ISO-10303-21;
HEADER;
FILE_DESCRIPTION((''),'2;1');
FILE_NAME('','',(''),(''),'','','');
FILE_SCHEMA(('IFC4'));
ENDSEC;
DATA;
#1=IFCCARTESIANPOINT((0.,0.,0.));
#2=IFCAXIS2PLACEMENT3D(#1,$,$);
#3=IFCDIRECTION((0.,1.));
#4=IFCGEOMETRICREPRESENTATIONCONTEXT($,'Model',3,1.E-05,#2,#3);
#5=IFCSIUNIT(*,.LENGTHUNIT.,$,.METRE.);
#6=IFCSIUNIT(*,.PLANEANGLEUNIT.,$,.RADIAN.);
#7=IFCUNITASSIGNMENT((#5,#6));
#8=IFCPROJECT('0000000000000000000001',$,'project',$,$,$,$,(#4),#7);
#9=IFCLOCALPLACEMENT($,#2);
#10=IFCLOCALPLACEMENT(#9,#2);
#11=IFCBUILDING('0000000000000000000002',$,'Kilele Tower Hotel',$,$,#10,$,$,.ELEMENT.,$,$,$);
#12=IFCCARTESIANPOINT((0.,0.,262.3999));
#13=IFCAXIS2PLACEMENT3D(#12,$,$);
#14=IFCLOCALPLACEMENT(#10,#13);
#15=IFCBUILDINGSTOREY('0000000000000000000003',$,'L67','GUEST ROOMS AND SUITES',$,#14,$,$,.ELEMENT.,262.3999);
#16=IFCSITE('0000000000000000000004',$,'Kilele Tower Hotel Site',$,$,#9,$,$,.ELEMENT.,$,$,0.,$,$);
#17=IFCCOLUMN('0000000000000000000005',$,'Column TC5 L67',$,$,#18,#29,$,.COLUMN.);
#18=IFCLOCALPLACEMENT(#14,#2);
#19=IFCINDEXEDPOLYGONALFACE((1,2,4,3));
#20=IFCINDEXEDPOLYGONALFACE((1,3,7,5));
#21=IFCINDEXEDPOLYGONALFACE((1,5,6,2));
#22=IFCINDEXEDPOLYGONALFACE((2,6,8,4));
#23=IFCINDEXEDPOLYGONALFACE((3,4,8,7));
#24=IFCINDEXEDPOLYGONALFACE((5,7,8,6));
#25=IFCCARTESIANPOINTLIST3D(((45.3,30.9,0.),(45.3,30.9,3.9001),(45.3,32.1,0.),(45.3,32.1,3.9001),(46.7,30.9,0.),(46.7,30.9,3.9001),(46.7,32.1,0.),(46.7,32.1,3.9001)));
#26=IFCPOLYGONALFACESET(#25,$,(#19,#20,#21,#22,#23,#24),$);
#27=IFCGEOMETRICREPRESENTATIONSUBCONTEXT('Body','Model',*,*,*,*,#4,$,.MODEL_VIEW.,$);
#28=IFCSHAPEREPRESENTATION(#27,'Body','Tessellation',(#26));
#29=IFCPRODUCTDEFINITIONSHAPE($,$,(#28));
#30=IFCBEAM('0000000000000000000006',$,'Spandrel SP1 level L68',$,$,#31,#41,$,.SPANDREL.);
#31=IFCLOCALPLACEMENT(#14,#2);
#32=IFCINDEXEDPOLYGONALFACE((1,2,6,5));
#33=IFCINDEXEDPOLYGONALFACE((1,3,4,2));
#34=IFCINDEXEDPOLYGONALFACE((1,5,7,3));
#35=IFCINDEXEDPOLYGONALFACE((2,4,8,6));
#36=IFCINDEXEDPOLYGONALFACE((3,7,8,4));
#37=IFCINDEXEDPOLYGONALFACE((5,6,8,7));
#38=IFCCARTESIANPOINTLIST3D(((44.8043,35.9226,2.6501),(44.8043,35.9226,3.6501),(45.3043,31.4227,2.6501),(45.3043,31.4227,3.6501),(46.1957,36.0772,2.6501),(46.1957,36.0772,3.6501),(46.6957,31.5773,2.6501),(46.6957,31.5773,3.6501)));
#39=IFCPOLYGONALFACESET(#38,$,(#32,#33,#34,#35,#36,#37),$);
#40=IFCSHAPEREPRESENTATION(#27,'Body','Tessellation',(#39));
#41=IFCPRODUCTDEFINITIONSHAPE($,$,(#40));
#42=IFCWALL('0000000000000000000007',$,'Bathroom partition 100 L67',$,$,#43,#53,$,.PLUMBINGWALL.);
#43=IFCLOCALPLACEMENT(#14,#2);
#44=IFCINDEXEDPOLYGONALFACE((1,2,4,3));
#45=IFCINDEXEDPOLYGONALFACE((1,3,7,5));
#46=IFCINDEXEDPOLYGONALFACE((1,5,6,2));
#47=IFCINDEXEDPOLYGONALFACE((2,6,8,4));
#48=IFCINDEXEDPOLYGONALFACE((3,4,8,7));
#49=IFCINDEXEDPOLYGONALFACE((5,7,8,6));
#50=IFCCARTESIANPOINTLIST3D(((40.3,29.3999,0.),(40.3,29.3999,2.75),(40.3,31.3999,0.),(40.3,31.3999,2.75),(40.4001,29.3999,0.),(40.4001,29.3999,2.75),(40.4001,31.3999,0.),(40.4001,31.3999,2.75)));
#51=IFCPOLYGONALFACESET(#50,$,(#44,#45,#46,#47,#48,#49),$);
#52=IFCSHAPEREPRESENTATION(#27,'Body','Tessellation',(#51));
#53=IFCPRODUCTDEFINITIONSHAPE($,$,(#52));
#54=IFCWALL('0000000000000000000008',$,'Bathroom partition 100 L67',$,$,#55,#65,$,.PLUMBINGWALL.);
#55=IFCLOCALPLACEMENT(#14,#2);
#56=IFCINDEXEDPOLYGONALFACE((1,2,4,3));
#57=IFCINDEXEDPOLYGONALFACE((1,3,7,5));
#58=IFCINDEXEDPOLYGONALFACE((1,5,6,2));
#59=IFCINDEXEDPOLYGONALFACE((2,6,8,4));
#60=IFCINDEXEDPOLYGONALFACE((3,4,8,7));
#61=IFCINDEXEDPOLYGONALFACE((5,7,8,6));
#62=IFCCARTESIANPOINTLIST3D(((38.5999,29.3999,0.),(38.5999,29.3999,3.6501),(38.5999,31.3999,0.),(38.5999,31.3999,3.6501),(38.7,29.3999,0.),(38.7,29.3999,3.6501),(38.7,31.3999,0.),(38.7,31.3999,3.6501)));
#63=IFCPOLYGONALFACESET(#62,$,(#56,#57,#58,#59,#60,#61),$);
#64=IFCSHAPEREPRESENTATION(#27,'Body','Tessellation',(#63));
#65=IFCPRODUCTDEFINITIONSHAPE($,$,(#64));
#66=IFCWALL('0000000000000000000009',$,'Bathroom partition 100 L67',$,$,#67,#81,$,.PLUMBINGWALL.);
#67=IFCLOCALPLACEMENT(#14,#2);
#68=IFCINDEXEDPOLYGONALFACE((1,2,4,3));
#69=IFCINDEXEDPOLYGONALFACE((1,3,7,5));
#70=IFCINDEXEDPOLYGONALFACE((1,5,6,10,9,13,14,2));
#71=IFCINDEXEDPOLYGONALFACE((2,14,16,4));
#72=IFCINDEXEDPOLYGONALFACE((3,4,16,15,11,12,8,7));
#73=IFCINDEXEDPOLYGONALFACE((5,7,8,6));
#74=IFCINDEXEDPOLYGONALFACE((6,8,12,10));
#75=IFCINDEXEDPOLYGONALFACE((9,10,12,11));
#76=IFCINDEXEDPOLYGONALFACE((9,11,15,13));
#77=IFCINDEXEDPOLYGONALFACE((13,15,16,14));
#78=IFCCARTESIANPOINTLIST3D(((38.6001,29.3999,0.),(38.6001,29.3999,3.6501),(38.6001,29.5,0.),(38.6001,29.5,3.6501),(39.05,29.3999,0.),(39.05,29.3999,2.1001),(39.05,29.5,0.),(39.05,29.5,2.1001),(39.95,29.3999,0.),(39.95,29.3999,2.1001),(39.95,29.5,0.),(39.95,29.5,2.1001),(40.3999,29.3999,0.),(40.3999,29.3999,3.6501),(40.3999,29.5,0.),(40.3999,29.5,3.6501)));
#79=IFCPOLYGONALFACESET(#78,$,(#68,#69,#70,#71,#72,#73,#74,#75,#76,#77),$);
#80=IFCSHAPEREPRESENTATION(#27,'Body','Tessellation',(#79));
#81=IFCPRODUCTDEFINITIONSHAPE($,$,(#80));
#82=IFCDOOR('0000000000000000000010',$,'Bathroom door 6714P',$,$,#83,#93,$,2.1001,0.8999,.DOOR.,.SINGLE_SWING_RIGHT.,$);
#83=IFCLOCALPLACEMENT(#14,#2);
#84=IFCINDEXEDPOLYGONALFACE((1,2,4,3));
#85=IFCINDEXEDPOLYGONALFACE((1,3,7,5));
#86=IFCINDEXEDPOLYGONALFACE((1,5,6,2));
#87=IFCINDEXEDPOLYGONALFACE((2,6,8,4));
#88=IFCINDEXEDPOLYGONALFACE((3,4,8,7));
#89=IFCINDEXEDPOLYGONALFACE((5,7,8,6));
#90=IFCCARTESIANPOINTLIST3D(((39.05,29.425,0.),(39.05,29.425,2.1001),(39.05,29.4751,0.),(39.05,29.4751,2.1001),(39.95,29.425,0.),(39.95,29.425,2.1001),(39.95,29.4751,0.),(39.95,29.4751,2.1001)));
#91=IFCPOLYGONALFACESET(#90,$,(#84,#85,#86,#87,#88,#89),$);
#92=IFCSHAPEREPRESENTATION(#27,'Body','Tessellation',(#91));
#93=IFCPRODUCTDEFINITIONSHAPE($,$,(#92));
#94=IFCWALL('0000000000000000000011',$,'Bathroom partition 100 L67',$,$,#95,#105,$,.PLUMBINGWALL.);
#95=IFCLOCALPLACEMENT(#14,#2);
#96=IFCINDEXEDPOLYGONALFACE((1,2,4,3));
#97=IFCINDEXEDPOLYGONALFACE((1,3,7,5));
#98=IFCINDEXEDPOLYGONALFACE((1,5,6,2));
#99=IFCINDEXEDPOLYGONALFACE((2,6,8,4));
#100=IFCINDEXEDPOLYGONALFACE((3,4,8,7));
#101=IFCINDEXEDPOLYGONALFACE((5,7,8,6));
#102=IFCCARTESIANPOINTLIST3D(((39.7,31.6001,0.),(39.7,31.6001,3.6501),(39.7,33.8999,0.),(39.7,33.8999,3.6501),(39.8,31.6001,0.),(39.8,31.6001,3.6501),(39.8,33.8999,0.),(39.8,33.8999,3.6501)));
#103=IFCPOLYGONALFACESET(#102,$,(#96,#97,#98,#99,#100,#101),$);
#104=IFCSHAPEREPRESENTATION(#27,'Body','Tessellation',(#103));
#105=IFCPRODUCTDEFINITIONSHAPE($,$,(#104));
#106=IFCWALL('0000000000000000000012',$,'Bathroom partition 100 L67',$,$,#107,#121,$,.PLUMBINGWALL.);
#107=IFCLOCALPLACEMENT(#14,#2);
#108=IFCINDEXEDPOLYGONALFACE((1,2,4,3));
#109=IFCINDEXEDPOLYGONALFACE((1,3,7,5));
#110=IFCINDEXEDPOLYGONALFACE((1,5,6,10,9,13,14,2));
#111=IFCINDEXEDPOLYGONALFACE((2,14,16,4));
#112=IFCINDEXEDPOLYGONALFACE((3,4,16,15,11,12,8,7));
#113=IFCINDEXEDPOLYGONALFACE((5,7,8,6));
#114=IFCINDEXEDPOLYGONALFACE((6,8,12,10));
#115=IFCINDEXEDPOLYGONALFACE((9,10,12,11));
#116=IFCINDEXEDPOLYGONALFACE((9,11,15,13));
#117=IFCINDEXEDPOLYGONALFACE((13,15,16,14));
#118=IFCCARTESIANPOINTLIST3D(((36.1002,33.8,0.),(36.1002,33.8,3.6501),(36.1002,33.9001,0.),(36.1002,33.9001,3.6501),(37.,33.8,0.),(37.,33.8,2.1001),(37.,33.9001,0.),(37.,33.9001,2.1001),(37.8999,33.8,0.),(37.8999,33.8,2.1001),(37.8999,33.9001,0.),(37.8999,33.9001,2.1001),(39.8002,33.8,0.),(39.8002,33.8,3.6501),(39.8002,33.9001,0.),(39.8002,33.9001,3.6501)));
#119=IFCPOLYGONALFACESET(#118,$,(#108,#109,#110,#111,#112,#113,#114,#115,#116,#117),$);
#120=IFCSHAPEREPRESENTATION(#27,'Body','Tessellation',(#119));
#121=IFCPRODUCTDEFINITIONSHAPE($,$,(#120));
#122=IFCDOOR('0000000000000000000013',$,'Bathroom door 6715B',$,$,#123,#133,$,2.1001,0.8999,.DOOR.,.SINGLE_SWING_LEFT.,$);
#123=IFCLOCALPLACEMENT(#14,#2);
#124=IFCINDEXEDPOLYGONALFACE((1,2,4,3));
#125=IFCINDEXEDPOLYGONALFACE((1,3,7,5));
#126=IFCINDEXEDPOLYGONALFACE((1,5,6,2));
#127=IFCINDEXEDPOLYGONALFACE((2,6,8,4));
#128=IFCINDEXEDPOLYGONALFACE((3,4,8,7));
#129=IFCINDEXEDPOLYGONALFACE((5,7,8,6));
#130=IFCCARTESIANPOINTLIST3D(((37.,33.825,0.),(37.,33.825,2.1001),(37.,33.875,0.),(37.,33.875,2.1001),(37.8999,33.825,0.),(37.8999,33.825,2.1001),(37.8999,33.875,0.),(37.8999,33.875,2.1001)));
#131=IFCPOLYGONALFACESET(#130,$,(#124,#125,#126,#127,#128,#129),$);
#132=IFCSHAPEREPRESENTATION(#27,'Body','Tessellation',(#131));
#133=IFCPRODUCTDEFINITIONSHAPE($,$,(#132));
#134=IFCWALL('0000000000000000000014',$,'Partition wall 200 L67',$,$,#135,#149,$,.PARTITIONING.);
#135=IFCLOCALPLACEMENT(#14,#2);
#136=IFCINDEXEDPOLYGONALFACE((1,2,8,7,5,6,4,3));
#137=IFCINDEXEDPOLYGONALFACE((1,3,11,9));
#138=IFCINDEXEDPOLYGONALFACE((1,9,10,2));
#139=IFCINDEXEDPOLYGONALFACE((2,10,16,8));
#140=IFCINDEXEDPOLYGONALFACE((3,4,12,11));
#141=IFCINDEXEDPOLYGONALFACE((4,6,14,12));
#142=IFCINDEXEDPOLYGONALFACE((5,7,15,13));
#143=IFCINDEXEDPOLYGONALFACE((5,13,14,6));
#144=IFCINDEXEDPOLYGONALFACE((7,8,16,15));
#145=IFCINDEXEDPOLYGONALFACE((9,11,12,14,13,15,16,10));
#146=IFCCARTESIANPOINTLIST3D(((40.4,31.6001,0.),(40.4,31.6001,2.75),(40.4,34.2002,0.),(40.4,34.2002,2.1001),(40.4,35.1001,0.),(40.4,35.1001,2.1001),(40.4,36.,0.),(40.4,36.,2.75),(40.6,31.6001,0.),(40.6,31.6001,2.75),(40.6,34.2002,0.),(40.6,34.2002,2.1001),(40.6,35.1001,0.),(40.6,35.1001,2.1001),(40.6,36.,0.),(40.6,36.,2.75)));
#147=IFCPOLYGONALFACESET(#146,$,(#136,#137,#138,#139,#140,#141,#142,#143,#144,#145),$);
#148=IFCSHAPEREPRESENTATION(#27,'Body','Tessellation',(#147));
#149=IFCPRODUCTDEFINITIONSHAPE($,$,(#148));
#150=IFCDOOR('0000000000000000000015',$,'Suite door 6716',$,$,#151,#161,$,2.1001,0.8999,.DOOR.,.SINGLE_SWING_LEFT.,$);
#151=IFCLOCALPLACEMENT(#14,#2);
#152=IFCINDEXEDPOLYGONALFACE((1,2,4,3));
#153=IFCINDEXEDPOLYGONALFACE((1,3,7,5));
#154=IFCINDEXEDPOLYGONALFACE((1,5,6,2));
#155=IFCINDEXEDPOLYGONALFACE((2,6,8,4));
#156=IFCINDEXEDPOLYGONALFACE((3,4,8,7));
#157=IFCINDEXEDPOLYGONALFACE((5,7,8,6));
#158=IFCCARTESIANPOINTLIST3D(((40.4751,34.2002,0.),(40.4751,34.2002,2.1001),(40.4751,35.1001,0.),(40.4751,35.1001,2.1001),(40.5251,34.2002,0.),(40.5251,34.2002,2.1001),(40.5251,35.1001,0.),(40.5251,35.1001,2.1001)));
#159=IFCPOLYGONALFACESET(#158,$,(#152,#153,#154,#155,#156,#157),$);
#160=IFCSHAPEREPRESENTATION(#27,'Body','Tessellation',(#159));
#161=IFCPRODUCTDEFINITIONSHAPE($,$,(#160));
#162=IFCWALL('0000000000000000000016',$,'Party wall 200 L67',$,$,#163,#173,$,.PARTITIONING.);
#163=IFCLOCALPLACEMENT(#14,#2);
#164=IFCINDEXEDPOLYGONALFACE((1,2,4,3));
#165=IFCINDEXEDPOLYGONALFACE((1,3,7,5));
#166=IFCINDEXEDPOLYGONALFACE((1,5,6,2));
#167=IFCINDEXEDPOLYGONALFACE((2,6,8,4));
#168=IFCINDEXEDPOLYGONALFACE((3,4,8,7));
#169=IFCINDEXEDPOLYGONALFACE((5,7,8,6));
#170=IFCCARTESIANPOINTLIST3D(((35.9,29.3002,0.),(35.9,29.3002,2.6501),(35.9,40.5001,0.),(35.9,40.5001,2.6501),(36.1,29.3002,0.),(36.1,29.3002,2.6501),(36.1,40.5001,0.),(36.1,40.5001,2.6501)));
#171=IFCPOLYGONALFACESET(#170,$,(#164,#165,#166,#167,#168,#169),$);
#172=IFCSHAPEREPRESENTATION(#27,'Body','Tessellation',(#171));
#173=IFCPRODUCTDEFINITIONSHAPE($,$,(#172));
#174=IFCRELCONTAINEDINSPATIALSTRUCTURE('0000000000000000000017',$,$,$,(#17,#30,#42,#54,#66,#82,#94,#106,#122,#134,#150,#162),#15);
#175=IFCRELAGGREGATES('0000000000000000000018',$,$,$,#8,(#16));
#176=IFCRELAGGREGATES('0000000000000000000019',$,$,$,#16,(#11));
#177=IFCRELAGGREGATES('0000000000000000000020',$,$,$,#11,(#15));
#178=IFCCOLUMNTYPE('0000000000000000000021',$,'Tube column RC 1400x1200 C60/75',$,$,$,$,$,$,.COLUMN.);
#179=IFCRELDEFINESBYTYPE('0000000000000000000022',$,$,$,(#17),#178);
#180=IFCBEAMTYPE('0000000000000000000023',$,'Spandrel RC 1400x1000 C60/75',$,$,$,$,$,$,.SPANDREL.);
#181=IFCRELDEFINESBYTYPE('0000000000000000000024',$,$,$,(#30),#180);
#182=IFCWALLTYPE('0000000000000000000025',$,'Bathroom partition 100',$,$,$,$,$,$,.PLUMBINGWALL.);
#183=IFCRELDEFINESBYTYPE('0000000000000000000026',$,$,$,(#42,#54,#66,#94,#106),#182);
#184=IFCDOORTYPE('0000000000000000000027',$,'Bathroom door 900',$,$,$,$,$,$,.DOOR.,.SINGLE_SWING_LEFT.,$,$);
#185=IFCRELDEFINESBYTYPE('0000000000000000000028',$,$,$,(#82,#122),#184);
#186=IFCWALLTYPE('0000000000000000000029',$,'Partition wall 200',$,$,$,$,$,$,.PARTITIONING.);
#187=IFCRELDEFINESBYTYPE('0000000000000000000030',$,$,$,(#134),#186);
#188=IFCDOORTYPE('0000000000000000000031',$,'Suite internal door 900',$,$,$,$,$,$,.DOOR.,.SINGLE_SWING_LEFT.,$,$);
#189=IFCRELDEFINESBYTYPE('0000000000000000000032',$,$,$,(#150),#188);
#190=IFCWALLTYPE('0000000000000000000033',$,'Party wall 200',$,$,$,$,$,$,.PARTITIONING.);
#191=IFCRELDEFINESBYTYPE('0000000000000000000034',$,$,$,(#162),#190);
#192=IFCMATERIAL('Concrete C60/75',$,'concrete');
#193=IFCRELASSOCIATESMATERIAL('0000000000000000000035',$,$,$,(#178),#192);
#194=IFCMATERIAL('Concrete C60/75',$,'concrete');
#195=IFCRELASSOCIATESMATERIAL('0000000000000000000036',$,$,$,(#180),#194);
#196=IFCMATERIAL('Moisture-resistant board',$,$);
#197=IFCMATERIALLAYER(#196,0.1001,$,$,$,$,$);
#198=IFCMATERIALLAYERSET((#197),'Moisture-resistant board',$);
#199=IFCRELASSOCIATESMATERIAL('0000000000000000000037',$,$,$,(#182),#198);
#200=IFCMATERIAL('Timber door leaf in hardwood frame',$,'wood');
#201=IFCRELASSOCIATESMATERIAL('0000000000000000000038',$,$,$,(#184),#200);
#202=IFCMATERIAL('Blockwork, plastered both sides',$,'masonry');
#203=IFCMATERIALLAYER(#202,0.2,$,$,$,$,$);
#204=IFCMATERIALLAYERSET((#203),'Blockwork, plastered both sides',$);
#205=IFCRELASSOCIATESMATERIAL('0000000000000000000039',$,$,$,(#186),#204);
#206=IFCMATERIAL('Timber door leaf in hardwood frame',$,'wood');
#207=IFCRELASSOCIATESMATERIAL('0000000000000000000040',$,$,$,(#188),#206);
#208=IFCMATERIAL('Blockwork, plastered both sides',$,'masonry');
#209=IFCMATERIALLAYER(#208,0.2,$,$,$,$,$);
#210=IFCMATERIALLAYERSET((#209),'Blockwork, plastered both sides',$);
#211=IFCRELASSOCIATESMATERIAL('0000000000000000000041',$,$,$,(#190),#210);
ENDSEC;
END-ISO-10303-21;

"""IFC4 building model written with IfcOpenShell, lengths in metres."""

from ifc_helpers import new_model, si_unit, direction, frame, frame_2d, origin, origin_2d, place, context, subcontext, project, spatial, rectangle, extrude, material, layer, layer_set, material_profile, profile_set, type_object, element, fill, save


model = new_model("IFC4")

# Units and contexts
model_context = context("Model", 3, precision=1e-05, world=origin(), true_north=direction((0.0, 1.0)))
body_context = subcontext(model_context, "Body", "Model", "MODEL_VIEW")
ifc_project = project(units=[si_unit("LENGTHUNIT", "METRE"), si_unit("PLANEANGLEUNIT", "RADIAN")], contexts=[model_context])

# Site, building, storey
site_placement = place(None, origin())
site = spatial("IfcSite", under=ifc_project, at=site_placement, Name="Kilele Tower Hotel Site", CompositionType="ELEMENT", RefElevation=0.0)
building_placement = place(site_placement, origin())
building = spatial("IfcBuilding", under=site, at=building_placement, Name="Kilele Tower Hotel", CompositionType="ELEMENT")
storey_placement = place(building_placement, frame((0.0, 0.0, 262.3999)))
storey = spatial("IfcBuildingStorey", under=building, at=storey_placement, Name="L67", Description="GUEST ROOMS AND SUITES", CompositionType="ELEMENT", Elevation=262.3999)

# Column
ifc_material_1 = material(Name="Concrete C60/75", Category="concrete")
ifc_material_profile_1 = material_profile(ifc_material_1, rectangle(XDim=1.3999, YDim=1.2, at=origin_2d()))
ifc_profile_set_1 = profile_set([ifc_material_profile_1], Name="Concrete C60/75")
column_type = type_object("IfcColumnType", Name="Tube column RC 1400x1200 C60/75", PredefinedType="COLUMN", material=ifc_profile_set_1)
column_placement = place(storey_placement, frame((46.0, 31.5, 0.0), z_axis=(0.0, 0.0, 1.0), x_axis=(1.0, 0.0, 0.0)))
element("IfcColumn", 1, at=column_placement, inside=storey, type_object=column_type, Name="Column TC5 L67", PredefinedType="COLUMN", context=body_context, shape_type="SweptSolid", body=[
    extrude(rectangle(XDim=1.3999, YDim=1.2, at=origin_2d()), origin(), (0.0, 0.0, 1.0), 3.9001),
])

# Beam
ifc_material_2 = material(Name="Concrete C60/75", Category="concrete")
ifc_material_profile_2 = material_profile(ifc_material_2, rectangle(XDim=1.3999, YDim=1.0, at=origin_2d()))
ifc_profile_set_2 = profile_set([ifc_material_profile_2], Name="Concrete C60/75")
beam_type = type_object("IfcBeamType", Name="Spandrel RC 1400x1000 C60/75", PredefinedType="SPANDREL", material=ifc_profile_set_2)
beam_placement = place(storey_placement, frame((46.0, 31.5, 3.1501), z_axis=(-0.110432, 0.993884, 0.0), x_axis=(-0.993884, -0.110432, 0.0)))
element("IfcBeam", 2, at=beam_placement, inside=storey, type_object=beam_type, Name="Spandrel SP1 level L68", PredefinedType="SPANDREL", context=body_context, shape_type="SweptSolid", body=[
    extrude(rectangle(XDim=1.3999, YDim=1.0, at=origin_2d()), origin(), (0.0, 0.0, 1.0), 4.5276),
])

# Walls
ifc_material_3 = material(Name="Moisture-resistant board")
ifc_layer_1 = layer(ifc_material_3, 0.1001)
ifc_layer_set_1 = layer_set([ifc_layer_1], Name="Moisture-resistant board")
wall_type_1 = type_object("IfcWallType", Name="Bathroom partition 100", PredefinedType="PLUMBINGWALL", material=ifc_layer_set_1)
wall_1_placement = place(storey_placement, frame((40.3501, 31.3999, 0.0), z_axis=(0.0, 0.0, 1.0), x_axis=(0.0, -1.0, 0.0)))
element("IfcWall", 3, at=wall_1_placement, inside=storey, type_object=wall_type_1, Name="Bathroom partition 100 L67", PredefinedType="PLUMBINGWALL", context=body_context, shape_type="SweptSolid", body=[
    extrude(rectangle(XDim=2.0, YDim=0.1001, at=frame_2d((1.0, 0.0))), origin(), (0.0, 0.0, 1.0), 2.75),
])
wall_2_placement = place(storey_placement, frame((38.6499, 31.3999, 0.0), z_axis=(0.0, 0.0, 1.0), x_axis=(0.0, -1.0, 0.0)))
element("IfcWall", 4, at=wall_2_placement, inside=storey, type_object=wall_type_1, Name="Bathroom partition 100 L67", PredefinedType="PLUMBINGWALL", context=body_context, shape_type="SweptSolid", body=[
    extrude(rectangle(XDim=2.0, YDim=0.1001, at=frame_2d((1.0, 0.0))), origin(), (0.0, 0.0, 1.0), 3.6501),
])

# Wall, opening, door
wall_3_placement = place(storey_placement, frame((38.6001, 29.45, 0.0), z_axis=(0.0, 0.0, 1.0), x_axis=(1.0, 0.0, 0.0)))
wall_3 = element("IfcWall", 5, at=wall_3_placement, inside=storey, type_object=wall_type_1, Name="Bathroom partition 100 L67", PredefinedType="PLUMBINGWALL", context=body_context, shape_type="SweptSolid", body=[
    extrude(rectangle(XDim=1.7998, YDim=0.1001, at=frame_2d((0.8999, 0.0))), origin(), (0.0, 0.0, 1.0), 3.6501),
])
opening_1_placement = place(wall_3_placement, frame((1.3499, 0.0, 0.0), z_axis=(0.0, 0.0, 1.0), x_axis=(-1.0, 0.0, 0.0)))
opening_1 = element("IfcOpeningElement", 6, at=opening_1_placement, cuts=wall_3, PredefinedType="OPENING", context=body_context, shape_type="SweptSolid", body=[
    extrude(rectangle(XDim=0.8999, YDim=2.1001, at=frame_2d((0.45, 1.05))), frame((0.0, 0.0601, 0.0), z_axis=(0.0, -1.0, 0.0), x_axis=(1.0, 0.0, 0.0)), (0.0, 0.0, 1.0), 0.1201),
])
ifc_material_4 = material(Name="Timber door leaf in hardwood frame", Category="wood")
door_type_1 = type_object("IfcDoorType", Name="Bathroom door 900", OperationType="SINGLE_SWING_LEFT", PredefinedType="DOOR", material=ifc_material_4)
door_1_placement = place(opening_1_placement, origin())
door_1 = element("IfcDoor", 7, at=door_1_placement, inside=storey, type_object=door_type_1, Name="Bathroom door 6714P", OperationType="SINGLE_SWING_RIGHT", OverallHeight=2.1001, OverallWidth=0.8999, PredefinedType="DOOR", context=body_context, shape_type="SweptSolid", body=[
    extrude(rectangle(XDim=0.8999, YDim=2.1001, at=frame_2d((0.45, 1.05))), frame((0.0, 0.0249, 0.0), z_axis=(0.0, -1.0, 0.0), x_axis=(1.0, 0.0, 0.0)), (0.0, 0.0, 1.0), 0.05),
])
fill(opening_1, door_1)

# Wall
wall_4_placement = place(storey_placement, frame((39.75, 31.6001, 0.0), z_axis=(0.0, 0.0, 1.0), x_axis=(0.0, 1.0, 0.0)))
element("IfcWall", 8, at=wall_4_placement, inside=storey, type_object=wall_type_1, Name="Bathroom partition 100 L67", PredefinedType="PLUMBINGWALL", context=body_context, shape_type="SweptSolid", body=[
    extrude(rectangle(XDim=2.2998, YDim=0.1001, at=frame_2d((1.1499, 0.0))), origin(), (0.0, 0.0, 1.0), 3.6501),
])

# Walls, openings, doors
wall_5_placement = place(storey_placement, frame((36.1001, 33.8501, 0.0), z_axis=(0.0, 0.0, 1.0), x_axis=(1.0, 0.0, 0.0)))
wall_5 = element("IfcWall", 9, at=wall_5_placement, inside=storey, type_object=wall_type_1, Name="Bathroom partition 100 L67", PredefinedType="PLUMBINGWALL", context=body_context, shape_type="SweptSolid", body=[
    extrude(rectangle(XDim=3.7, YDim=0.1001, at=frame_2d((1.8501, 0.0))), origin(), (0.0, 0.0, 1.0), 3.6501),
])
opening_2_placement = place(wall_5_placement, frame((0.8999, 0.0, 0.0)))
opening_2 = element("IfcOpeningElement", 10, at=opening_2_placement, cuts=wall_5, PredefinedType="OPENING", context=body_context, shape_type="SweptSolid", body=[
    extrude(rectangle(XDim=0.8999, YDim=2.1001, at=frame_2d((0.45, 1.05))), frame((0.0, 0.0601, 0.0), z_axis=(0.0, -1.0, 0.0), x_axis=(1.0, 0.0, 0.0)), (0.0, 0.0, 1.0), 0.1201),
])
door_2_placement = place(opening_2_placement, origin())
door_2 = element("IfcDoor", 11, at=door_2_placement, inside=storey, type_object=door_type_1, Name="Bathroom door 6715B", OperationType="SINGLE_SWING_LEFT", OverallHeight=2.1001, OverallWidth=0.8999, PredefinedType="DOOR", context=body_context, shape_type="SweptSolid", body=[
    extrude(rectangle(XDim=0.8999, YDim=2.1001, at=frame_2d((0.45, 1.05))), frame((0.0, 0.0249, 0.0), z_axis=(0.0, -1.0, 0.0), x_axis=(1.0, 0.0, 0.0)), (0.0, 0.0, 1.0), 0.05),
])
fill(opening_2, door_2)
ifc_material_5 = material(Name="Blockwork, plastered both sides", Category="masonry")
ifc_layer_2 = layer(ifc_material_5, 0.2)
ifc_layer_set_2 = layer_set([ifc_layer_2], Name="Blockwork, plastered both sides")
wall_type_2 = type_object("IfcWallType", Name="Partition wall 200", PredefinedType="PARTITIONING", material=ifc_layer_set_2)
wall_6_placement = place(storey_placement, frame((40.5, 31.6001, 0.0), z_axis=(0.0, 0.0, 1.0), x_axis=(0.0, 1.0, 0.0)))
wall_6 = element("IfcWall", 12, at=wall_6_placement, inside=storey, type_object=wall_type_2, Name="Partition wall 200 L67", PredefinedType="PARTITIONING", context=body_context, shape_type="SweptSolid", body=[
    extrude(rectangle(XDim=4.3999, YDim=0.2, at=frame_2d((2.2, 0.0))), origin(), (0.0, 0.0, 1.0), 2.75),
])
opening_3_placement = place(wall_6_placement, frame((2.6001, 0.0, 0.0)))
opening_3 = element("IfcOpeningElement", 13, at=opening_3_placement, cuts=wall_6, PredefinedType="OPENING", context=body_context, shape_type="SweptSolid", body=[
    extrude(rectangle(XDim=0.8999, YDim=2.1001, at=frame_2d((0.45, 1.05))), frame((0.0, 0.1099, 0.0), z_axis=(0.0, -1.0, 0.0), x_axis=(1.0, 0.0, 0.0)), (0.0, 0.0, 1.0), 0.22),
])
ifc_material_6 = material(Name="Timber door leaf in hardwood frame", Category="wood")
door_type_2 = type_object("IfcDoorType", Name="Suite internal door 900", OperationType="SINGLE_SWING_LEFT", PredefinedType="DOOR", material=ifc_material_6)
door_3_placement = place(opening_3_placement, origin())
door_3 = element("IfcDoor", 14, at=door_3_placement, inside=storey, type_object=door_type_2, Name="Suite door 6716", OperationType="SINGLE_SWING_LEFT", OverallHeight=2.1001, OverallWidth=0.8999, PredefinedType="DOOR", context=body_context, shape_type="SweptSolid", body=[
    extrude(rectangle(XDim=0.8999, YDim=2.1001, at=frame_2d((0.45, 1.05))), frame((0.0, 0.0249, 0.0), z_axis=(0.0, -1.0, 0.0), x_axis=(1.0, 0.0, 0.0)), (0.0, 0.0, 1.0), 0.05),
])
fill(opening_3, door_3)

# Wall
ifc_material_7 = material(Name="Blockwork, plastered both sides", Category="masonry")
ifc_layer_3 = layer(ifc_material_7, 0.2)
ifc_layer_set_3 = layer_set([ifc_layer_3], Name="Blockwork, plastered both sides")
wall_type_3 = type_object("IfcWallType", Name="Party wall 200", PredefinedType="PARTITIONING", material=ifc_layer_set_3)
wall_7_placement = place(storey_placement, frame((36.0, 29.3, 0.0), z_axis=(0.0, 0.0, 1.0), x_axis=(0.0, 1.0, 0.0)))
element("IfcWall", 15, at=wall_7_placement, inside=storey, type_object=wall_type_3, Name="Party wall 200 L67", PredefinedType="PARTITIONING", context=body_context, shape_type="SweptSolid", body=[
    extrude(rectangle(XDim=11.2, YDim=0.2, at=frame_2d((5.6001, 0.0))), origin(), (0.0, 0.0, 1.0), 2.6501),
])

save(model, "model.ifc")
